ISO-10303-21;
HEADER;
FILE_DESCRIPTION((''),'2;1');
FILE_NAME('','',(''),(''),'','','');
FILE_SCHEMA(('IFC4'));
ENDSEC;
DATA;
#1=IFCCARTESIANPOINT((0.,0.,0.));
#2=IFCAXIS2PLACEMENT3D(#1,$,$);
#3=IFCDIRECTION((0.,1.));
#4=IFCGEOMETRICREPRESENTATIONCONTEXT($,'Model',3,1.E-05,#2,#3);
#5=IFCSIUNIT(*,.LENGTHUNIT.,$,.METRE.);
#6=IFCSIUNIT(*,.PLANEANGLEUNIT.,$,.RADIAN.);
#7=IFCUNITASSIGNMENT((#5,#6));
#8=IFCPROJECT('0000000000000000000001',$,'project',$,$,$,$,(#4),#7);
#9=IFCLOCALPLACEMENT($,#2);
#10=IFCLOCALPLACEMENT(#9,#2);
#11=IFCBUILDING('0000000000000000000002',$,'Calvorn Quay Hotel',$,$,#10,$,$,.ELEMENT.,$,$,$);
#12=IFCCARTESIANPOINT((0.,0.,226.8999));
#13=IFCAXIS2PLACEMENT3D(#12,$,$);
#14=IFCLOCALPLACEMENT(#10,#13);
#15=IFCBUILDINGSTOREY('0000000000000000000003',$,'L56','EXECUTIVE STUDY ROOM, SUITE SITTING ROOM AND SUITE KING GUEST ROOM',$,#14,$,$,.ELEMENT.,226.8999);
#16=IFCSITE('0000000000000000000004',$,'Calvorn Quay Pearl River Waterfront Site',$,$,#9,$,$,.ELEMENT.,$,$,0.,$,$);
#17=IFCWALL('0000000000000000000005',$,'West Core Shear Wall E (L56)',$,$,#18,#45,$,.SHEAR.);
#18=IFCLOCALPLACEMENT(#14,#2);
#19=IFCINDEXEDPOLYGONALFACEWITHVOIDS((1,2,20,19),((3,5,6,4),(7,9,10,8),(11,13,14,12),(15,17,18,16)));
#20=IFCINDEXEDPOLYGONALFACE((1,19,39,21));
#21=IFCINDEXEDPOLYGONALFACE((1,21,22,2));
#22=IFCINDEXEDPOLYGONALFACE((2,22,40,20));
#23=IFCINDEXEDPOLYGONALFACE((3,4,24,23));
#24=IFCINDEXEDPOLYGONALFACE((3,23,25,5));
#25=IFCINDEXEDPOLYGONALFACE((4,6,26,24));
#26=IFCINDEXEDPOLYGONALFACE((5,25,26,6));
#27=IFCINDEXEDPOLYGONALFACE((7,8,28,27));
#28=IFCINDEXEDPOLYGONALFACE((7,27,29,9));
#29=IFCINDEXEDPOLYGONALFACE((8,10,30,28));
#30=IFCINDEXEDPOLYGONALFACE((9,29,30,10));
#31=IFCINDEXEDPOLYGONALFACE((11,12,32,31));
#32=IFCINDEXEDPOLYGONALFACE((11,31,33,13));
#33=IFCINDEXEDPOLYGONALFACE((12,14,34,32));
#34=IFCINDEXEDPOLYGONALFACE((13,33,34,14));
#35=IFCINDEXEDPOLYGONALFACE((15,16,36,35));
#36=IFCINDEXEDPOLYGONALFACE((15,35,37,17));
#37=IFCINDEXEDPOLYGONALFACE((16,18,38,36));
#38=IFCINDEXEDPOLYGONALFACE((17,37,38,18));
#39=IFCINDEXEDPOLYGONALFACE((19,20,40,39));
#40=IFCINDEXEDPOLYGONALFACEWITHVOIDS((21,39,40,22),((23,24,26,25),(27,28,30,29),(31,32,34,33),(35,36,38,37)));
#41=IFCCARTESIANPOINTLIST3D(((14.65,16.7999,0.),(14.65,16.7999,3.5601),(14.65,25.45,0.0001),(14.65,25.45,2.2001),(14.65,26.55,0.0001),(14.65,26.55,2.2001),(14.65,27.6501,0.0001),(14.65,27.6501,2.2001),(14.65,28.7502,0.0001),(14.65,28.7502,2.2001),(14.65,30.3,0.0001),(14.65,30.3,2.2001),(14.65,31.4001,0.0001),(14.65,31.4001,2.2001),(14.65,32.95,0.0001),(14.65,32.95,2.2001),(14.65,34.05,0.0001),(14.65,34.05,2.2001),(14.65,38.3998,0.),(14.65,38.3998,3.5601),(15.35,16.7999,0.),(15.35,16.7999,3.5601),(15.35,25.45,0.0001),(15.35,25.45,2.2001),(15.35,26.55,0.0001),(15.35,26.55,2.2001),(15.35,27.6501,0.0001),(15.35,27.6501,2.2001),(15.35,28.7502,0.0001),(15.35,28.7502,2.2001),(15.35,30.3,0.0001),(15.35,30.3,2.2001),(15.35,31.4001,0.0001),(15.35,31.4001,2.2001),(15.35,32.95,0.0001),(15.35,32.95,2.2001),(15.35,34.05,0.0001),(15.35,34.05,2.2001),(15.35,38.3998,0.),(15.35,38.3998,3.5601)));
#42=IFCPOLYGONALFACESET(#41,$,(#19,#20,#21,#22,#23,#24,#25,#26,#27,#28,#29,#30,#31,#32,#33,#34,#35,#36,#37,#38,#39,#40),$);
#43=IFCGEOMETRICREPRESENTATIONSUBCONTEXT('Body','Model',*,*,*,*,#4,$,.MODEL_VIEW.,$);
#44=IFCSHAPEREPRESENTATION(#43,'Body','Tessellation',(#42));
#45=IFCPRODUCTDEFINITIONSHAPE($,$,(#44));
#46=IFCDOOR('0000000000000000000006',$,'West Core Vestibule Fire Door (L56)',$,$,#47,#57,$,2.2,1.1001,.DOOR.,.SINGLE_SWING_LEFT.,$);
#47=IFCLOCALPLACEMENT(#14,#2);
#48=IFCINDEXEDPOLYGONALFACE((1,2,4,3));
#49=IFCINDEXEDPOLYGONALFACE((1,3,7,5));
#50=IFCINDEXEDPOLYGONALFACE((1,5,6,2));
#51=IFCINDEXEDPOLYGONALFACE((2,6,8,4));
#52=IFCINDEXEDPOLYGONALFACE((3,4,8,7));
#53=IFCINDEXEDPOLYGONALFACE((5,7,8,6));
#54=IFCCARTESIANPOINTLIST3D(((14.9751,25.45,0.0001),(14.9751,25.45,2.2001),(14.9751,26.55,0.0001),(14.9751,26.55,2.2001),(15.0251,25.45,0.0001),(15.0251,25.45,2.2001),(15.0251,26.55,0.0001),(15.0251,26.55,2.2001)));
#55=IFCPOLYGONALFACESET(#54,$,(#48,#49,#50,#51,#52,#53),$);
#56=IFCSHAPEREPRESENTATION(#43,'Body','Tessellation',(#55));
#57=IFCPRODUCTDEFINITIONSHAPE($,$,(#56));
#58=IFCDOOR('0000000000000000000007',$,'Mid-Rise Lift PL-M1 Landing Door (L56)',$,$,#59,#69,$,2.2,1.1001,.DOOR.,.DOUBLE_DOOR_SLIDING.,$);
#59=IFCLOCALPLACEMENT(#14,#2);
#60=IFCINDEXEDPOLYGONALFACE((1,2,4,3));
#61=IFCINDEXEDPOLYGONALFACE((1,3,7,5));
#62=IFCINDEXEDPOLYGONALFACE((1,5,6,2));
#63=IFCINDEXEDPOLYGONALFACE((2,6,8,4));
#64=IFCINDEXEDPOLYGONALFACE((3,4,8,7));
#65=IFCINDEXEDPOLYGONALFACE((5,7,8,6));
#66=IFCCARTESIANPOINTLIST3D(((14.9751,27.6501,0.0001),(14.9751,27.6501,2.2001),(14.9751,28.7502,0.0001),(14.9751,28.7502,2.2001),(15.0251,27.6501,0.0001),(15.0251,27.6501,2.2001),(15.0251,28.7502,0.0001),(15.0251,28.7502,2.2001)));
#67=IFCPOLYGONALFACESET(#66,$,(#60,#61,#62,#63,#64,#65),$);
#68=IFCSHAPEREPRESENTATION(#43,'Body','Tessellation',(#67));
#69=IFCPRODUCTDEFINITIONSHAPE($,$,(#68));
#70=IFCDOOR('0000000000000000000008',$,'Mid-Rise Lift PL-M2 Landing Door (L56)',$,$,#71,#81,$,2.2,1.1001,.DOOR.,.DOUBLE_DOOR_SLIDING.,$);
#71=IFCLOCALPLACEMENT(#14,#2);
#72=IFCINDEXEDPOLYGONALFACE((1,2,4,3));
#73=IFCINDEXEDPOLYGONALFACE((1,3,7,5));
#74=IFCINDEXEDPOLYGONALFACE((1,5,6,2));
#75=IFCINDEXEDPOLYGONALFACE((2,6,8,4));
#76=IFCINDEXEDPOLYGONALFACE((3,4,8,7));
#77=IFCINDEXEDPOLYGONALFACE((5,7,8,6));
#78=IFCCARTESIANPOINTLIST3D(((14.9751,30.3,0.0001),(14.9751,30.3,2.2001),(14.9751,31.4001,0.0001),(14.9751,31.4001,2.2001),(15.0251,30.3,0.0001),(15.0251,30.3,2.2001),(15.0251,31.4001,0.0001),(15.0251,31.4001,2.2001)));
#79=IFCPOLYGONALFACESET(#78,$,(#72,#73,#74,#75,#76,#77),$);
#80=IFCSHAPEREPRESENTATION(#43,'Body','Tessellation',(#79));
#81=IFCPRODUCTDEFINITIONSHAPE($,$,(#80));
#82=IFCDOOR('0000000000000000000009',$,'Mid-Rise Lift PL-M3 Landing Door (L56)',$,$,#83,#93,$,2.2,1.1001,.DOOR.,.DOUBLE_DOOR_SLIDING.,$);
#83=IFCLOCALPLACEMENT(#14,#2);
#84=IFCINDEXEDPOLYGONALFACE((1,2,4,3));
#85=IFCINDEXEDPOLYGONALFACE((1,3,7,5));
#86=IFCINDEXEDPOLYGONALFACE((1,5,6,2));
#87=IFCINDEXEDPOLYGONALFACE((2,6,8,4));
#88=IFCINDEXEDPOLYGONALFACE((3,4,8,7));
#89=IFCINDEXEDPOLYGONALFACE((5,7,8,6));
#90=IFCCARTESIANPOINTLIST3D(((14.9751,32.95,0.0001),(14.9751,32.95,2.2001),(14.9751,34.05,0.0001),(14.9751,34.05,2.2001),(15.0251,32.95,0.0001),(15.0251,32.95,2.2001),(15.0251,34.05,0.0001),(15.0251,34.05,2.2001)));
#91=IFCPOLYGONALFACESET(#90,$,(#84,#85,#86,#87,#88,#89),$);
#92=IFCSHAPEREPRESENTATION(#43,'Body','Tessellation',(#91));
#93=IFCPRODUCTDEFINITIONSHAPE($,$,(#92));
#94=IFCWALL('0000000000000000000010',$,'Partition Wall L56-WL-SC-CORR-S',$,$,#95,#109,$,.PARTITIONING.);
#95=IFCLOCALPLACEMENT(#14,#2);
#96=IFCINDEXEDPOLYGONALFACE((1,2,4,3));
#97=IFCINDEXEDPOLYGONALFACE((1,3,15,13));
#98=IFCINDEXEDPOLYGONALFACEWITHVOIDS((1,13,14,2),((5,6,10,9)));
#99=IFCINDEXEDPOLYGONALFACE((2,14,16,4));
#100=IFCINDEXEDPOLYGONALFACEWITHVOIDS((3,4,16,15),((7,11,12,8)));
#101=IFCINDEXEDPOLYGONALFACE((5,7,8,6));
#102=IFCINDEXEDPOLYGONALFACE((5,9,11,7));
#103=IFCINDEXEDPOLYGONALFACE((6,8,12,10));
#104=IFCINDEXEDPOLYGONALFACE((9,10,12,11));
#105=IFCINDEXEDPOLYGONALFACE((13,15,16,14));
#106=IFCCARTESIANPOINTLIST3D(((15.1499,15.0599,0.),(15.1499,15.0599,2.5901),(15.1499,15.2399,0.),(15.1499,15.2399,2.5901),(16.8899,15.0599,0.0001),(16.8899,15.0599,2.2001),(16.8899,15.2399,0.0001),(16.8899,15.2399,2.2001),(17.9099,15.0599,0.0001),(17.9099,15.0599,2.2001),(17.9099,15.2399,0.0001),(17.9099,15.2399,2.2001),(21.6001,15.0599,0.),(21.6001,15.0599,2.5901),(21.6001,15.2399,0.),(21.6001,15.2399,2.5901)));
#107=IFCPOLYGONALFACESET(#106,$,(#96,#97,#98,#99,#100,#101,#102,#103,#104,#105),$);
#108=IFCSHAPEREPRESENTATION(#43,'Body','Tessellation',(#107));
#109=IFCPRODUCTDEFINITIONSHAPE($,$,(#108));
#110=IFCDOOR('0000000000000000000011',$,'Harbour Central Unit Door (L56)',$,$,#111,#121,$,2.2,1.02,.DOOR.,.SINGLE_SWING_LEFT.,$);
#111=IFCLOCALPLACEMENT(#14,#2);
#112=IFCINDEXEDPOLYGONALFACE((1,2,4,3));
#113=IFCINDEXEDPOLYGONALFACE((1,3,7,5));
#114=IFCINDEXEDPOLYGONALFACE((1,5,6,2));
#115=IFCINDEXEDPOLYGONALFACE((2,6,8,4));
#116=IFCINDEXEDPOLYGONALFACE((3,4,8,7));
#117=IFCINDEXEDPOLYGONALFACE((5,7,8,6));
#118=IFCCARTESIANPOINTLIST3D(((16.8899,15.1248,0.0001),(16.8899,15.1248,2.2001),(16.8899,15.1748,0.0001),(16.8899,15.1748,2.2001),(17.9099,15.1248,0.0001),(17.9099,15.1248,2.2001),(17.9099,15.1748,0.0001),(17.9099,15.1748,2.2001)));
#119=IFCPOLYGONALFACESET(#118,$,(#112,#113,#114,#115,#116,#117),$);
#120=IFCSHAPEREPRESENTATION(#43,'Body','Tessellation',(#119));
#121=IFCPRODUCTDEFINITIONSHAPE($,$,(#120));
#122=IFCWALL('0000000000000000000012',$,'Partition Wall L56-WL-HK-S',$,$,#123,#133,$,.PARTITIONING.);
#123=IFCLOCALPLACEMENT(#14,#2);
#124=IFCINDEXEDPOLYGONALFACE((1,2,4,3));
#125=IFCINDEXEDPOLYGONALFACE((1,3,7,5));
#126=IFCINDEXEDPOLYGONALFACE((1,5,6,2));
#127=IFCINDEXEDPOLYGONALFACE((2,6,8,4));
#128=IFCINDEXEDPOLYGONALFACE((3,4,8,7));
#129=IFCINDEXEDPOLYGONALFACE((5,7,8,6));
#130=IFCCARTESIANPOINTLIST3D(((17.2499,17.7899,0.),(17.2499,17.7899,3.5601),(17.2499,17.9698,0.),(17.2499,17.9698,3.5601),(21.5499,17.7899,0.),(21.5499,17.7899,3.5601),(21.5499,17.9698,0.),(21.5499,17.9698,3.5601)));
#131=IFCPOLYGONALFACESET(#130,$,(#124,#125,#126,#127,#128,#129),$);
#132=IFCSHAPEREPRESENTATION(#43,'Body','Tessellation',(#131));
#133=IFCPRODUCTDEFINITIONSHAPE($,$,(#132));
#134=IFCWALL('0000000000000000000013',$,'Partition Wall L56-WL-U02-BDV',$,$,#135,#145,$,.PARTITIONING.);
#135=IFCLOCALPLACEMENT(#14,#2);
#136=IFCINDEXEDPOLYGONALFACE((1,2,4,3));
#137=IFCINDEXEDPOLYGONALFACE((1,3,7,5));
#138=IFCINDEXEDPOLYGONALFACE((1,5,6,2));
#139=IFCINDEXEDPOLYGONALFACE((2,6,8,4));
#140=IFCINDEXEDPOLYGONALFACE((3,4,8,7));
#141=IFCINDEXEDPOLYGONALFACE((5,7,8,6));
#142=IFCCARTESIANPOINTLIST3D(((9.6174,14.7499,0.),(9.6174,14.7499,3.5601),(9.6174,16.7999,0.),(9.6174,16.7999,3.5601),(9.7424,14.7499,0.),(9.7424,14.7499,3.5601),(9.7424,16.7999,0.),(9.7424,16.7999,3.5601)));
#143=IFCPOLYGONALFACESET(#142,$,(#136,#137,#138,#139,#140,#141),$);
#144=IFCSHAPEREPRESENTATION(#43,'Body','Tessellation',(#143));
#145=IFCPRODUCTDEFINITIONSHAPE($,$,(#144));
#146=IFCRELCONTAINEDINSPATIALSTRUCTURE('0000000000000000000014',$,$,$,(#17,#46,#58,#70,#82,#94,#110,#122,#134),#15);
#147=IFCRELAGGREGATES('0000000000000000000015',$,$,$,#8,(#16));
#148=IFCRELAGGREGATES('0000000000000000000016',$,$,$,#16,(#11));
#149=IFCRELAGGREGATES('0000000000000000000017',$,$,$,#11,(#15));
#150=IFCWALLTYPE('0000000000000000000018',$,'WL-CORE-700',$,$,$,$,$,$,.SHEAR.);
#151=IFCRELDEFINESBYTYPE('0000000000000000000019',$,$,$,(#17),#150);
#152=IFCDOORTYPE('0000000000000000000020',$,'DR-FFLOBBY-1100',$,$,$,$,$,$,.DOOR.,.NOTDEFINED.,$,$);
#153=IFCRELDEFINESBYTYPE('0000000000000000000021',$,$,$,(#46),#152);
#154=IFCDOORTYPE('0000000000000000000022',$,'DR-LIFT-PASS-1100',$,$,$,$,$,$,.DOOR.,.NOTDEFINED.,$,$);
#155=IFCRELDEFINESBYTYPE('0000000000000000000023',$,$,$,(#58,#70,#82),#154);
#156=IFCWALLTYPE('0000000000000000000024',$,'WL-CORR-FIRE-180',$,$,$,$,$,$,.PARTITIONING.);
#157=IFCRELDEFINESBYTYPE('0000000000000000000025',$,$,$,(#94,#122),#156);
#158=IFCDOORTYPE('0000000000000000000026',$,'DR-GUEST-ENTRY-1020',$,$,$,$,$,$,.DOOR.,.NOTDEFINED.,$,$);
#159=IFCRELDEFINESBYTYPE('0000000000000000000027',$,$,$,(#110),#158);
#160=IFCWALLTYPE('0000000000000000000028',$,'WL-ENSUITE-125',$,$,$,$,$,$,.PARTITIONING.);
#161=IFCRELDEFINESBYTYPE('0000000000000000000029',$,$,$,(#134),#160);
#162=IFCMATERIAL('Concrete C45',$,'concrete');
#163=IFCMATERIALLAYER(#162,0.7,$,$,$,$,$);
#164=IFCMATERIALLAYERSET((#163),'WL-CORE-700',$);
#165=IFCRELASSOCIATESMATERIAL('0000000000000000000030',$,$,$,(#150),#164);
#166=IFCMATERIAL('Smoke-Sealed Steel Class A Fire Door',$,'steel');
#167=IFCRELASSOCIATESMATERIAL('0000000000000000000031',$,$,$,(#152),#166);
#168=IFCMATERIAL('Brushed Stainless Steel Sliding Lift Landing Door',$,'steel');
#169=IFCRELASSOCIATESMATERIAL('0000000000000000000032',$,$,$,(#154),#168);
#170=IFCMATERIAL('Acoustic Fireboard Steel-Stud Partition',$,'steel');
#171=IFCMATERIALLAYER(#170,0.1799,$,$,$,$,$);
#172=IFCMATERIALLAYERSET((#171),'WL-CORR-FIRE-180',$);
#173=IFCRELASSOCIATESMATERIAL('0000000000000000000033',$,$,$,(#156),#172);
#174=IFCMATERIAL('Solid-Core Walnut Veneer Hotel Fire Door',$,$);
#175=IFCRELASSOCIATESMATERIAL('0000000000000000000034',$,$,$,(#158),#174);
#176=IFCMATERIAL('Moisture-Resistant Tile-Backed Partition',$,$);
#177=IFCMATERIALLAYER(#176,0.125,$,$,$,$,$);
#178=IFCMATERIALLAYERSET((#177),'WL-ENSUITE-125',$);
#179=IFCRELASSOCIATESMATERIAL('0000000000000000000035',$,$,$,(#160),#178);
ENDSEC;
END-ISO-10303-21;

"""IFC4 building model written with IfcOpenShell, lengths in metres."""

from ifc_helpers import new_model, si_unit, direction, frame, frame_2d, origin, place, context, subcontext, project, spatial, rectangle, extrude, material, layer, layer_set, type_object, element, fill, save


model = new_model("IFC4")

# Units and contexts
model_context = context("Model", 3, precision=1e-05, world=origin(), true_north=direction((0.0, 1.0)))
body_context = subcontext(model_context, "Body", "Model", "MODEL_VIEW")
ifc_project = project(units=[si_unit("LENGTHUNIT", "METRE"), si_unit("PLANEANGLEUNIT", "RADIAN")], contexts=[model_context])

# Site, building, storey
site_placement = place(None, origin())
site = spatial("IfcSite", under=ifc_project, at=site_placement, Name="Calvorn Quay Pearl River Waterfront Site", CompositionType="ELEMENT", RefElevation=0.0)
building_placement = place(site_placement, origin())
building = spatial("IfcBuilding", under=site, at=building_placement, Name="Calvorn Quay Hotel", CompositionType="ELEMENT")
storey_placement = place(building_placement, frame((0.0, 0.0, 226.8999)))
storey = spatial("IfcBuildingStorey", under=building, at=storey_placement, Name="L56", Description="EXECUTIVE STUDY ROOM, SUITE SITTING ROOM AND SUITE KING GUEST ROOM", CompositionType="ELEMENT", Elevation=226.8999)

# Wall, openings, doors
ifc_material_1 = material(Name="Concrete C45", Category="concrete")
ifc_layer_1 = layer(ifc_material_1, 0.7)
ifc_layer_set_1 = layer_set([ifc_layer_1], Name="WL-CORE-700")
wall_type_1 = type_object("IfcWallType", Name="WL-CORE-700", PredefinedType="SHEAR", material=ifc_layer_set_1)
wall_1_placement = place(storey_placement, frame((15.0, 16.8, 0.0), z_axis=(0.0, 0.0, 1.0), x_axis=(0.0, 1.0, 0.0)))
wall_1 = element("IfcWall", 1, at=wall_1_placement, inside=storey, type_object=wall_type_1, Name="West Core Shear Wall E (L56)", PredefinedType="SHEAR", context=body_context, shape_type="SweptSolid", body=[
    extrude(rectangle(XDim=21.5999, YDim=0.7, at=frame_2d((10.7998, 0.0))), origin(), (0.0, 0.0, 1.0), 3.5601),
])
opening_1_placement = place(wall_1_placement, frame((8.6499, 0.0, 0.0)))
opening_1 = element("IfcOpeningElement", 2, at=opening_1_placement, cuts=wall_1, PredefinedType="OPENING", context=body_context, shape_type="SweptSolid", body=[
    extrude(rectangle(XDim=1.1001, YDim=2.2, at=frame_2d((0.55, 1.1001))), frame((0.0, 0.3599, 0.0), z_axis=(0.0, -1.0, 0.0), x_axis=(1.0, 0.0, 0.0)), (0.0, 0.0, 1.0), 0.72),
])
opening_2_placement = place(wall_1_placement, frame((10.8501, 0.0, 0.0)))
opening_2 = element("IfcOpeningElement", 3, at=opening_2_placement, cuts=wall_1, PredefinedType="OPENING", context=body_context, shape_type="SweptSolid", body=[
    extrude(rectangle(XDim=1.1001, YDim=2.2, at=frame_2d((0.55, 1.1001))), frame((0.0, 0.3599, 0.0), z_axis=(0.0, -1.0, 0.0), x_axis=(1.0, 0.0, 0.0)), (0.0, 0.0, 1.0), 0.72),
])
opening_3_placement = place(wall_1_placement, frame((13.5, 0.0, 0.0)))
opening_3 = element("IfcOpeningElement", 4, at=opening_3_placement, cuts=wall_1, PredefinedType="OPENING", context=body_context, shape_type="SweptSolid", body=[
    extrude(rectangle(XDim=1.1001, YDim=2.2, at=frame_2d((0.55, 1.1001))), frame((0.0, 0.3599, 0.0), z_axis=(0.0, -1.0, 0.0), x_axis=(1.0, 0.0, 0.0)), (0.0, 0.0, 1.0), 0.72),
])
opening_4_placement = place(wall_1_placement, frame((16.1499, 0.0, 0.0)))
opening_4 = element("IfcOpeningElement", 5, at=opening_4_placement, cuts=wall_1, PredefinedType="OPENING", context=body_context, shape_type="SweptSolid", body=[
    extrude(rectangle(XDim=1.1001, YDim=2.2, at=frame_2d((0.55, 1.1001))), frame((0.0, 0.3599, 0.0), z_axis=(0.0, -1.0, 0.0), x_axis=(1.0, 0.0, 0.0)), (0.0, 0.0, 1.0), 0.72),
])
ifc_material_2 = material(Name="Smoke-Sealed Steel Class A Fire Door", Category="steel")
door_type_1 = type_object("IfcDoorType", Name="DR-FFLOBBY-1100", OperationType="NOTDEFINED", PredefinedType="DOOR", material=ifc_material_2)
door_1_placement = place(opening_1_placement, origin())
door_1 = element("IfcDoor", 6, at=door_1_placement, inside=storey, type_object=door_type_1, Name="West Core Vestibule Fire Door (L56)", OperationType="SINGLE_SWING_LEFT", OverallHeight=2.2, OverallWidth=1.1001, PredefinedType="DOOR", context=body_context, shape_type="SweptSolid", body=[
    extrude(rectangle(XDim=1.1001, YDim=2.2, at=frame_2d((0.55, 1.1001))), frame((0.0, 0.0249, 0.0), z_axis=(0.0, -1.0, 0.0), x_axis=(1.0, 0.0, 0.0)), (0.0, 0.0, 1.0), 0.05),
])
fill(opening_1, door_1)
ifc_material_3 = material(Name="Brushed Stainless Steel Sliding Lift Landing Door", Category="steel")
door_type_2 = type_object("IfcDoorType", Name="DR-LIFT-PASS-1100", OperationType="NOTDEFINED", PredefinedType="DOOR", material=ifc_material_3)
door_2_placement = place(opening_2_placement, origin())
door_2 = element("IfcDoor", 7, at=door_2_placement, inside=storey, type_object=door_type_2, Name="Mid-Rise Lift PL-M1 Landing Door (L56)", OperationType="DOUBLE_DOOR_SLIDING", OverallHeight=2.2, OverallWidth=1.1001, PredefinedType="DOOR", context=body_context, shape_type="SweptSolid", body=[
    extrude(rectangle(XDim=1.1001, YDim=2.2, at=frame_2d((0.55, 1.1001))), frame((0.0, 0.0249, 0.0), z_axis=(0.0, -1.0, 0.0), x_axis=(1.0, 0.0, 0.0)), (0.0, 0.0, 1.0), 0.05),
])
fill(opening_2, door_2)
door_3_placement = place(opening_3_placement, origin())
door_3 = element("IfcDoor", 8, at=door_3_placement, inside=storey, type_object=door_type_2, Name="Mid-Rise Lift PL-M2 Landing Door (L56)", OperationType="DOUBLE_DOOR_SLIDING", OverallHeight=2.2, OverallWidth=1.1001, PredefinedType="DOOR", context=body_context, shape_type="SweptSolid", body=[
    extrude(rectangle(XDim=1.1001, YDim=2.2, at=frame_2d((0.55, 1.1001))), frame((0.0, 0.0249, 0.0), z_axis=(0.0, -1.0, 0.0), x_axis=(1.0, 0.0, 0.0)), (0.0, 0.0, 1.0), 0.05),
])
fill(opening_3, door_3)
door_4_placement = place(opening_4_placement, origin())
door_4 = element("IfcDoor", 9, at=door_4_placement, inside=storey, type_object=door_type_2, Name="Mid-Rise Lift PL-M3 Landing Door (L56)", OperationType="DOUBLE_DOOR_SLIDING", OverallHeight=2.2, OverallWidth=1.1001, PredefinedType="DOOR", context=body_context, shape_type="SweptSolid", body=[
    extrude(rectangle(XDim=1.1001, YDim=2.2, at=frame_2d((0.55, 1.1001))), frame((0.0, 0.0249, 0.0), z_axis=(0.0, -1.0, 0.0), x_axis=(1.0, 0.0, 0.0)), (0.0, 0.0, 1.0), 0.05),
])
fill(opening_4, door_4)

# Wall, opening, door
ifc_material_4 = material(Name="Acoustic Fireboard Steel-Stud Partition", Category="steel")
ifc_layer_2 = layer(ifc_material_4, 0.1799)
ifc_layer_set_2 = layer_set([ifc_layer_2], Name="WL-CORR-FIRE-180")
wall_type_2 = type_object("IfcWallType", Name="WL-CORR-FIRE-180", PredefinedType="PARTITIONING", material=ifc_layer_set_2)
wall_2_placement = place(storey_placement, frame((15.1499, 15.1499, 0.0), z_axis=(0.0, 0.0, 1.0), x_axis=(1.0, 0.0, 0.0)))
wall_2 = element("IfcWall", 10, at=wall_2_placement, inside=storey, type_object=wall_type_2, Name="Partition Wall L56-WL-SC-CORR-S", PredefinedType="PARTITIONING", context=body_context, shape_type="SweptSolid", body=[
    extrude(rectangle(XDim=6.4502, YDim=0.1799, at=frame_2d((3.2251, 0.0))), origin(), (0.0, 0.0, 1.0), 2.5901),
])
opening_5_placement = place(wall_2_placement, frame((1.74, 0.0, 0.0)))
opening_5 = element("IfcOpeningElement", 11, at=opening_5_placement, cuts=wall_2, PredefinedType="OPENING", context=body_context, shape_type="SweptSolid", body=[
    extrude(rectangle(XDim=1.02, YDim=2.2, at=frame_2d((0.51, 1.1001))), frame((0.0, 0.0999, 0.0), z_axis=(0.0, -1.0, 0.0), x_axis=(1.0, 0.0, 0.0)), (0.0, 0.0, 1.0), 0.2),
])
ifc_material_5 = material(Name="Solid-Core Walnut Veneer Hotel Fire Door")
door_type_3 = type_object("IfcDoorType", Name="DR-GUEST-ENTRY-1020", OperationType="NOTDEFINED", PredefinedType="DOOR", material=ifc_material_5)
door_5_placement = place(opening_5_placement, origin())
door_5 = element("IfcDoor", 12, at=door_5_placement, inside=storey, type_object=door_type_3, Name="Harbour Central Unit Door (L56)", OperationType="SINGLE_SWING_LEFT", OverallHeight=2.2, OverallWidth=1.02, PredefinedType="DOOR", context=body_context, shape_type="SweptSolid", body=[
    extrude(rectangle(XDim=1.02, YDim=2.2, at=frame_2d((0.51, 1.1001))), frame((0.0, 0.0249, 0.0), z_axis=(0.0, -1.0, 0.0), x_axis=(1.0, 0.0, 0.0)), (0.0, 0.0, 1.0), 0.05),
])
fill(opening_5, door_5)

# Walls
wall_3_placement = place(storey_placement, frame((17.25, 17.8799, 0.0), z_axis=(0.0, 0.0, 1.0), x_axis=(1.0, 0.0, 0.0)))
element("IfcWall", 13, at=wall_3_placement, inside=storey, type_object=wall_type_2, Name="Partition Wall L56-WL-HK-S", PredefinedType="PARTITIONING", context=body_context, shape_type="SweptSolid", body=[
    extrude(rectangle(XDim=4.3, YDim=0.1799, at=frame_2d((2.1499, 0.0))), origin(), (0.0, 0.0, 1.0), 3.5601),
])
ifc_material_6 = material(Name="Moisture-Resistant Tile-Backed Partition")
ifc_layer_3 = layer(ifc_material_6, 0.125)
ifc_layer_set_3 = layer_set([ifc_layer_3], Name="WL-ENSUITE-125")
wall_type_3 = type_object("IfcWallType", Name="WL-ENSUITE-125", PredefinedType="PARTITIONING", material=ifc_layer_set_3)
wall_4_placement = place(storey_placement, frame((9.6799, 14.75, 0.0), z_axis=(0.0, 0.0, 1.0), x_axis=(0.0, 1.0, 0.0)))
element("IfcWall", 14, at=wall_4_placement, inside=storey, type_object=wall_type_3, Name="Partition Wall L56-WL-U02-BDV", PredefinedType="PARTITIONING", context=body_context, shape_type="SweptSolid", body=[
    extrude(rectangle(XDim=2.05, YDim=0.125, at=frame_2d((1.0249, 0.0))), origin(), (0.0, 0.0, 1.0), 3.5601),
])

save(model, "model.ifc")
